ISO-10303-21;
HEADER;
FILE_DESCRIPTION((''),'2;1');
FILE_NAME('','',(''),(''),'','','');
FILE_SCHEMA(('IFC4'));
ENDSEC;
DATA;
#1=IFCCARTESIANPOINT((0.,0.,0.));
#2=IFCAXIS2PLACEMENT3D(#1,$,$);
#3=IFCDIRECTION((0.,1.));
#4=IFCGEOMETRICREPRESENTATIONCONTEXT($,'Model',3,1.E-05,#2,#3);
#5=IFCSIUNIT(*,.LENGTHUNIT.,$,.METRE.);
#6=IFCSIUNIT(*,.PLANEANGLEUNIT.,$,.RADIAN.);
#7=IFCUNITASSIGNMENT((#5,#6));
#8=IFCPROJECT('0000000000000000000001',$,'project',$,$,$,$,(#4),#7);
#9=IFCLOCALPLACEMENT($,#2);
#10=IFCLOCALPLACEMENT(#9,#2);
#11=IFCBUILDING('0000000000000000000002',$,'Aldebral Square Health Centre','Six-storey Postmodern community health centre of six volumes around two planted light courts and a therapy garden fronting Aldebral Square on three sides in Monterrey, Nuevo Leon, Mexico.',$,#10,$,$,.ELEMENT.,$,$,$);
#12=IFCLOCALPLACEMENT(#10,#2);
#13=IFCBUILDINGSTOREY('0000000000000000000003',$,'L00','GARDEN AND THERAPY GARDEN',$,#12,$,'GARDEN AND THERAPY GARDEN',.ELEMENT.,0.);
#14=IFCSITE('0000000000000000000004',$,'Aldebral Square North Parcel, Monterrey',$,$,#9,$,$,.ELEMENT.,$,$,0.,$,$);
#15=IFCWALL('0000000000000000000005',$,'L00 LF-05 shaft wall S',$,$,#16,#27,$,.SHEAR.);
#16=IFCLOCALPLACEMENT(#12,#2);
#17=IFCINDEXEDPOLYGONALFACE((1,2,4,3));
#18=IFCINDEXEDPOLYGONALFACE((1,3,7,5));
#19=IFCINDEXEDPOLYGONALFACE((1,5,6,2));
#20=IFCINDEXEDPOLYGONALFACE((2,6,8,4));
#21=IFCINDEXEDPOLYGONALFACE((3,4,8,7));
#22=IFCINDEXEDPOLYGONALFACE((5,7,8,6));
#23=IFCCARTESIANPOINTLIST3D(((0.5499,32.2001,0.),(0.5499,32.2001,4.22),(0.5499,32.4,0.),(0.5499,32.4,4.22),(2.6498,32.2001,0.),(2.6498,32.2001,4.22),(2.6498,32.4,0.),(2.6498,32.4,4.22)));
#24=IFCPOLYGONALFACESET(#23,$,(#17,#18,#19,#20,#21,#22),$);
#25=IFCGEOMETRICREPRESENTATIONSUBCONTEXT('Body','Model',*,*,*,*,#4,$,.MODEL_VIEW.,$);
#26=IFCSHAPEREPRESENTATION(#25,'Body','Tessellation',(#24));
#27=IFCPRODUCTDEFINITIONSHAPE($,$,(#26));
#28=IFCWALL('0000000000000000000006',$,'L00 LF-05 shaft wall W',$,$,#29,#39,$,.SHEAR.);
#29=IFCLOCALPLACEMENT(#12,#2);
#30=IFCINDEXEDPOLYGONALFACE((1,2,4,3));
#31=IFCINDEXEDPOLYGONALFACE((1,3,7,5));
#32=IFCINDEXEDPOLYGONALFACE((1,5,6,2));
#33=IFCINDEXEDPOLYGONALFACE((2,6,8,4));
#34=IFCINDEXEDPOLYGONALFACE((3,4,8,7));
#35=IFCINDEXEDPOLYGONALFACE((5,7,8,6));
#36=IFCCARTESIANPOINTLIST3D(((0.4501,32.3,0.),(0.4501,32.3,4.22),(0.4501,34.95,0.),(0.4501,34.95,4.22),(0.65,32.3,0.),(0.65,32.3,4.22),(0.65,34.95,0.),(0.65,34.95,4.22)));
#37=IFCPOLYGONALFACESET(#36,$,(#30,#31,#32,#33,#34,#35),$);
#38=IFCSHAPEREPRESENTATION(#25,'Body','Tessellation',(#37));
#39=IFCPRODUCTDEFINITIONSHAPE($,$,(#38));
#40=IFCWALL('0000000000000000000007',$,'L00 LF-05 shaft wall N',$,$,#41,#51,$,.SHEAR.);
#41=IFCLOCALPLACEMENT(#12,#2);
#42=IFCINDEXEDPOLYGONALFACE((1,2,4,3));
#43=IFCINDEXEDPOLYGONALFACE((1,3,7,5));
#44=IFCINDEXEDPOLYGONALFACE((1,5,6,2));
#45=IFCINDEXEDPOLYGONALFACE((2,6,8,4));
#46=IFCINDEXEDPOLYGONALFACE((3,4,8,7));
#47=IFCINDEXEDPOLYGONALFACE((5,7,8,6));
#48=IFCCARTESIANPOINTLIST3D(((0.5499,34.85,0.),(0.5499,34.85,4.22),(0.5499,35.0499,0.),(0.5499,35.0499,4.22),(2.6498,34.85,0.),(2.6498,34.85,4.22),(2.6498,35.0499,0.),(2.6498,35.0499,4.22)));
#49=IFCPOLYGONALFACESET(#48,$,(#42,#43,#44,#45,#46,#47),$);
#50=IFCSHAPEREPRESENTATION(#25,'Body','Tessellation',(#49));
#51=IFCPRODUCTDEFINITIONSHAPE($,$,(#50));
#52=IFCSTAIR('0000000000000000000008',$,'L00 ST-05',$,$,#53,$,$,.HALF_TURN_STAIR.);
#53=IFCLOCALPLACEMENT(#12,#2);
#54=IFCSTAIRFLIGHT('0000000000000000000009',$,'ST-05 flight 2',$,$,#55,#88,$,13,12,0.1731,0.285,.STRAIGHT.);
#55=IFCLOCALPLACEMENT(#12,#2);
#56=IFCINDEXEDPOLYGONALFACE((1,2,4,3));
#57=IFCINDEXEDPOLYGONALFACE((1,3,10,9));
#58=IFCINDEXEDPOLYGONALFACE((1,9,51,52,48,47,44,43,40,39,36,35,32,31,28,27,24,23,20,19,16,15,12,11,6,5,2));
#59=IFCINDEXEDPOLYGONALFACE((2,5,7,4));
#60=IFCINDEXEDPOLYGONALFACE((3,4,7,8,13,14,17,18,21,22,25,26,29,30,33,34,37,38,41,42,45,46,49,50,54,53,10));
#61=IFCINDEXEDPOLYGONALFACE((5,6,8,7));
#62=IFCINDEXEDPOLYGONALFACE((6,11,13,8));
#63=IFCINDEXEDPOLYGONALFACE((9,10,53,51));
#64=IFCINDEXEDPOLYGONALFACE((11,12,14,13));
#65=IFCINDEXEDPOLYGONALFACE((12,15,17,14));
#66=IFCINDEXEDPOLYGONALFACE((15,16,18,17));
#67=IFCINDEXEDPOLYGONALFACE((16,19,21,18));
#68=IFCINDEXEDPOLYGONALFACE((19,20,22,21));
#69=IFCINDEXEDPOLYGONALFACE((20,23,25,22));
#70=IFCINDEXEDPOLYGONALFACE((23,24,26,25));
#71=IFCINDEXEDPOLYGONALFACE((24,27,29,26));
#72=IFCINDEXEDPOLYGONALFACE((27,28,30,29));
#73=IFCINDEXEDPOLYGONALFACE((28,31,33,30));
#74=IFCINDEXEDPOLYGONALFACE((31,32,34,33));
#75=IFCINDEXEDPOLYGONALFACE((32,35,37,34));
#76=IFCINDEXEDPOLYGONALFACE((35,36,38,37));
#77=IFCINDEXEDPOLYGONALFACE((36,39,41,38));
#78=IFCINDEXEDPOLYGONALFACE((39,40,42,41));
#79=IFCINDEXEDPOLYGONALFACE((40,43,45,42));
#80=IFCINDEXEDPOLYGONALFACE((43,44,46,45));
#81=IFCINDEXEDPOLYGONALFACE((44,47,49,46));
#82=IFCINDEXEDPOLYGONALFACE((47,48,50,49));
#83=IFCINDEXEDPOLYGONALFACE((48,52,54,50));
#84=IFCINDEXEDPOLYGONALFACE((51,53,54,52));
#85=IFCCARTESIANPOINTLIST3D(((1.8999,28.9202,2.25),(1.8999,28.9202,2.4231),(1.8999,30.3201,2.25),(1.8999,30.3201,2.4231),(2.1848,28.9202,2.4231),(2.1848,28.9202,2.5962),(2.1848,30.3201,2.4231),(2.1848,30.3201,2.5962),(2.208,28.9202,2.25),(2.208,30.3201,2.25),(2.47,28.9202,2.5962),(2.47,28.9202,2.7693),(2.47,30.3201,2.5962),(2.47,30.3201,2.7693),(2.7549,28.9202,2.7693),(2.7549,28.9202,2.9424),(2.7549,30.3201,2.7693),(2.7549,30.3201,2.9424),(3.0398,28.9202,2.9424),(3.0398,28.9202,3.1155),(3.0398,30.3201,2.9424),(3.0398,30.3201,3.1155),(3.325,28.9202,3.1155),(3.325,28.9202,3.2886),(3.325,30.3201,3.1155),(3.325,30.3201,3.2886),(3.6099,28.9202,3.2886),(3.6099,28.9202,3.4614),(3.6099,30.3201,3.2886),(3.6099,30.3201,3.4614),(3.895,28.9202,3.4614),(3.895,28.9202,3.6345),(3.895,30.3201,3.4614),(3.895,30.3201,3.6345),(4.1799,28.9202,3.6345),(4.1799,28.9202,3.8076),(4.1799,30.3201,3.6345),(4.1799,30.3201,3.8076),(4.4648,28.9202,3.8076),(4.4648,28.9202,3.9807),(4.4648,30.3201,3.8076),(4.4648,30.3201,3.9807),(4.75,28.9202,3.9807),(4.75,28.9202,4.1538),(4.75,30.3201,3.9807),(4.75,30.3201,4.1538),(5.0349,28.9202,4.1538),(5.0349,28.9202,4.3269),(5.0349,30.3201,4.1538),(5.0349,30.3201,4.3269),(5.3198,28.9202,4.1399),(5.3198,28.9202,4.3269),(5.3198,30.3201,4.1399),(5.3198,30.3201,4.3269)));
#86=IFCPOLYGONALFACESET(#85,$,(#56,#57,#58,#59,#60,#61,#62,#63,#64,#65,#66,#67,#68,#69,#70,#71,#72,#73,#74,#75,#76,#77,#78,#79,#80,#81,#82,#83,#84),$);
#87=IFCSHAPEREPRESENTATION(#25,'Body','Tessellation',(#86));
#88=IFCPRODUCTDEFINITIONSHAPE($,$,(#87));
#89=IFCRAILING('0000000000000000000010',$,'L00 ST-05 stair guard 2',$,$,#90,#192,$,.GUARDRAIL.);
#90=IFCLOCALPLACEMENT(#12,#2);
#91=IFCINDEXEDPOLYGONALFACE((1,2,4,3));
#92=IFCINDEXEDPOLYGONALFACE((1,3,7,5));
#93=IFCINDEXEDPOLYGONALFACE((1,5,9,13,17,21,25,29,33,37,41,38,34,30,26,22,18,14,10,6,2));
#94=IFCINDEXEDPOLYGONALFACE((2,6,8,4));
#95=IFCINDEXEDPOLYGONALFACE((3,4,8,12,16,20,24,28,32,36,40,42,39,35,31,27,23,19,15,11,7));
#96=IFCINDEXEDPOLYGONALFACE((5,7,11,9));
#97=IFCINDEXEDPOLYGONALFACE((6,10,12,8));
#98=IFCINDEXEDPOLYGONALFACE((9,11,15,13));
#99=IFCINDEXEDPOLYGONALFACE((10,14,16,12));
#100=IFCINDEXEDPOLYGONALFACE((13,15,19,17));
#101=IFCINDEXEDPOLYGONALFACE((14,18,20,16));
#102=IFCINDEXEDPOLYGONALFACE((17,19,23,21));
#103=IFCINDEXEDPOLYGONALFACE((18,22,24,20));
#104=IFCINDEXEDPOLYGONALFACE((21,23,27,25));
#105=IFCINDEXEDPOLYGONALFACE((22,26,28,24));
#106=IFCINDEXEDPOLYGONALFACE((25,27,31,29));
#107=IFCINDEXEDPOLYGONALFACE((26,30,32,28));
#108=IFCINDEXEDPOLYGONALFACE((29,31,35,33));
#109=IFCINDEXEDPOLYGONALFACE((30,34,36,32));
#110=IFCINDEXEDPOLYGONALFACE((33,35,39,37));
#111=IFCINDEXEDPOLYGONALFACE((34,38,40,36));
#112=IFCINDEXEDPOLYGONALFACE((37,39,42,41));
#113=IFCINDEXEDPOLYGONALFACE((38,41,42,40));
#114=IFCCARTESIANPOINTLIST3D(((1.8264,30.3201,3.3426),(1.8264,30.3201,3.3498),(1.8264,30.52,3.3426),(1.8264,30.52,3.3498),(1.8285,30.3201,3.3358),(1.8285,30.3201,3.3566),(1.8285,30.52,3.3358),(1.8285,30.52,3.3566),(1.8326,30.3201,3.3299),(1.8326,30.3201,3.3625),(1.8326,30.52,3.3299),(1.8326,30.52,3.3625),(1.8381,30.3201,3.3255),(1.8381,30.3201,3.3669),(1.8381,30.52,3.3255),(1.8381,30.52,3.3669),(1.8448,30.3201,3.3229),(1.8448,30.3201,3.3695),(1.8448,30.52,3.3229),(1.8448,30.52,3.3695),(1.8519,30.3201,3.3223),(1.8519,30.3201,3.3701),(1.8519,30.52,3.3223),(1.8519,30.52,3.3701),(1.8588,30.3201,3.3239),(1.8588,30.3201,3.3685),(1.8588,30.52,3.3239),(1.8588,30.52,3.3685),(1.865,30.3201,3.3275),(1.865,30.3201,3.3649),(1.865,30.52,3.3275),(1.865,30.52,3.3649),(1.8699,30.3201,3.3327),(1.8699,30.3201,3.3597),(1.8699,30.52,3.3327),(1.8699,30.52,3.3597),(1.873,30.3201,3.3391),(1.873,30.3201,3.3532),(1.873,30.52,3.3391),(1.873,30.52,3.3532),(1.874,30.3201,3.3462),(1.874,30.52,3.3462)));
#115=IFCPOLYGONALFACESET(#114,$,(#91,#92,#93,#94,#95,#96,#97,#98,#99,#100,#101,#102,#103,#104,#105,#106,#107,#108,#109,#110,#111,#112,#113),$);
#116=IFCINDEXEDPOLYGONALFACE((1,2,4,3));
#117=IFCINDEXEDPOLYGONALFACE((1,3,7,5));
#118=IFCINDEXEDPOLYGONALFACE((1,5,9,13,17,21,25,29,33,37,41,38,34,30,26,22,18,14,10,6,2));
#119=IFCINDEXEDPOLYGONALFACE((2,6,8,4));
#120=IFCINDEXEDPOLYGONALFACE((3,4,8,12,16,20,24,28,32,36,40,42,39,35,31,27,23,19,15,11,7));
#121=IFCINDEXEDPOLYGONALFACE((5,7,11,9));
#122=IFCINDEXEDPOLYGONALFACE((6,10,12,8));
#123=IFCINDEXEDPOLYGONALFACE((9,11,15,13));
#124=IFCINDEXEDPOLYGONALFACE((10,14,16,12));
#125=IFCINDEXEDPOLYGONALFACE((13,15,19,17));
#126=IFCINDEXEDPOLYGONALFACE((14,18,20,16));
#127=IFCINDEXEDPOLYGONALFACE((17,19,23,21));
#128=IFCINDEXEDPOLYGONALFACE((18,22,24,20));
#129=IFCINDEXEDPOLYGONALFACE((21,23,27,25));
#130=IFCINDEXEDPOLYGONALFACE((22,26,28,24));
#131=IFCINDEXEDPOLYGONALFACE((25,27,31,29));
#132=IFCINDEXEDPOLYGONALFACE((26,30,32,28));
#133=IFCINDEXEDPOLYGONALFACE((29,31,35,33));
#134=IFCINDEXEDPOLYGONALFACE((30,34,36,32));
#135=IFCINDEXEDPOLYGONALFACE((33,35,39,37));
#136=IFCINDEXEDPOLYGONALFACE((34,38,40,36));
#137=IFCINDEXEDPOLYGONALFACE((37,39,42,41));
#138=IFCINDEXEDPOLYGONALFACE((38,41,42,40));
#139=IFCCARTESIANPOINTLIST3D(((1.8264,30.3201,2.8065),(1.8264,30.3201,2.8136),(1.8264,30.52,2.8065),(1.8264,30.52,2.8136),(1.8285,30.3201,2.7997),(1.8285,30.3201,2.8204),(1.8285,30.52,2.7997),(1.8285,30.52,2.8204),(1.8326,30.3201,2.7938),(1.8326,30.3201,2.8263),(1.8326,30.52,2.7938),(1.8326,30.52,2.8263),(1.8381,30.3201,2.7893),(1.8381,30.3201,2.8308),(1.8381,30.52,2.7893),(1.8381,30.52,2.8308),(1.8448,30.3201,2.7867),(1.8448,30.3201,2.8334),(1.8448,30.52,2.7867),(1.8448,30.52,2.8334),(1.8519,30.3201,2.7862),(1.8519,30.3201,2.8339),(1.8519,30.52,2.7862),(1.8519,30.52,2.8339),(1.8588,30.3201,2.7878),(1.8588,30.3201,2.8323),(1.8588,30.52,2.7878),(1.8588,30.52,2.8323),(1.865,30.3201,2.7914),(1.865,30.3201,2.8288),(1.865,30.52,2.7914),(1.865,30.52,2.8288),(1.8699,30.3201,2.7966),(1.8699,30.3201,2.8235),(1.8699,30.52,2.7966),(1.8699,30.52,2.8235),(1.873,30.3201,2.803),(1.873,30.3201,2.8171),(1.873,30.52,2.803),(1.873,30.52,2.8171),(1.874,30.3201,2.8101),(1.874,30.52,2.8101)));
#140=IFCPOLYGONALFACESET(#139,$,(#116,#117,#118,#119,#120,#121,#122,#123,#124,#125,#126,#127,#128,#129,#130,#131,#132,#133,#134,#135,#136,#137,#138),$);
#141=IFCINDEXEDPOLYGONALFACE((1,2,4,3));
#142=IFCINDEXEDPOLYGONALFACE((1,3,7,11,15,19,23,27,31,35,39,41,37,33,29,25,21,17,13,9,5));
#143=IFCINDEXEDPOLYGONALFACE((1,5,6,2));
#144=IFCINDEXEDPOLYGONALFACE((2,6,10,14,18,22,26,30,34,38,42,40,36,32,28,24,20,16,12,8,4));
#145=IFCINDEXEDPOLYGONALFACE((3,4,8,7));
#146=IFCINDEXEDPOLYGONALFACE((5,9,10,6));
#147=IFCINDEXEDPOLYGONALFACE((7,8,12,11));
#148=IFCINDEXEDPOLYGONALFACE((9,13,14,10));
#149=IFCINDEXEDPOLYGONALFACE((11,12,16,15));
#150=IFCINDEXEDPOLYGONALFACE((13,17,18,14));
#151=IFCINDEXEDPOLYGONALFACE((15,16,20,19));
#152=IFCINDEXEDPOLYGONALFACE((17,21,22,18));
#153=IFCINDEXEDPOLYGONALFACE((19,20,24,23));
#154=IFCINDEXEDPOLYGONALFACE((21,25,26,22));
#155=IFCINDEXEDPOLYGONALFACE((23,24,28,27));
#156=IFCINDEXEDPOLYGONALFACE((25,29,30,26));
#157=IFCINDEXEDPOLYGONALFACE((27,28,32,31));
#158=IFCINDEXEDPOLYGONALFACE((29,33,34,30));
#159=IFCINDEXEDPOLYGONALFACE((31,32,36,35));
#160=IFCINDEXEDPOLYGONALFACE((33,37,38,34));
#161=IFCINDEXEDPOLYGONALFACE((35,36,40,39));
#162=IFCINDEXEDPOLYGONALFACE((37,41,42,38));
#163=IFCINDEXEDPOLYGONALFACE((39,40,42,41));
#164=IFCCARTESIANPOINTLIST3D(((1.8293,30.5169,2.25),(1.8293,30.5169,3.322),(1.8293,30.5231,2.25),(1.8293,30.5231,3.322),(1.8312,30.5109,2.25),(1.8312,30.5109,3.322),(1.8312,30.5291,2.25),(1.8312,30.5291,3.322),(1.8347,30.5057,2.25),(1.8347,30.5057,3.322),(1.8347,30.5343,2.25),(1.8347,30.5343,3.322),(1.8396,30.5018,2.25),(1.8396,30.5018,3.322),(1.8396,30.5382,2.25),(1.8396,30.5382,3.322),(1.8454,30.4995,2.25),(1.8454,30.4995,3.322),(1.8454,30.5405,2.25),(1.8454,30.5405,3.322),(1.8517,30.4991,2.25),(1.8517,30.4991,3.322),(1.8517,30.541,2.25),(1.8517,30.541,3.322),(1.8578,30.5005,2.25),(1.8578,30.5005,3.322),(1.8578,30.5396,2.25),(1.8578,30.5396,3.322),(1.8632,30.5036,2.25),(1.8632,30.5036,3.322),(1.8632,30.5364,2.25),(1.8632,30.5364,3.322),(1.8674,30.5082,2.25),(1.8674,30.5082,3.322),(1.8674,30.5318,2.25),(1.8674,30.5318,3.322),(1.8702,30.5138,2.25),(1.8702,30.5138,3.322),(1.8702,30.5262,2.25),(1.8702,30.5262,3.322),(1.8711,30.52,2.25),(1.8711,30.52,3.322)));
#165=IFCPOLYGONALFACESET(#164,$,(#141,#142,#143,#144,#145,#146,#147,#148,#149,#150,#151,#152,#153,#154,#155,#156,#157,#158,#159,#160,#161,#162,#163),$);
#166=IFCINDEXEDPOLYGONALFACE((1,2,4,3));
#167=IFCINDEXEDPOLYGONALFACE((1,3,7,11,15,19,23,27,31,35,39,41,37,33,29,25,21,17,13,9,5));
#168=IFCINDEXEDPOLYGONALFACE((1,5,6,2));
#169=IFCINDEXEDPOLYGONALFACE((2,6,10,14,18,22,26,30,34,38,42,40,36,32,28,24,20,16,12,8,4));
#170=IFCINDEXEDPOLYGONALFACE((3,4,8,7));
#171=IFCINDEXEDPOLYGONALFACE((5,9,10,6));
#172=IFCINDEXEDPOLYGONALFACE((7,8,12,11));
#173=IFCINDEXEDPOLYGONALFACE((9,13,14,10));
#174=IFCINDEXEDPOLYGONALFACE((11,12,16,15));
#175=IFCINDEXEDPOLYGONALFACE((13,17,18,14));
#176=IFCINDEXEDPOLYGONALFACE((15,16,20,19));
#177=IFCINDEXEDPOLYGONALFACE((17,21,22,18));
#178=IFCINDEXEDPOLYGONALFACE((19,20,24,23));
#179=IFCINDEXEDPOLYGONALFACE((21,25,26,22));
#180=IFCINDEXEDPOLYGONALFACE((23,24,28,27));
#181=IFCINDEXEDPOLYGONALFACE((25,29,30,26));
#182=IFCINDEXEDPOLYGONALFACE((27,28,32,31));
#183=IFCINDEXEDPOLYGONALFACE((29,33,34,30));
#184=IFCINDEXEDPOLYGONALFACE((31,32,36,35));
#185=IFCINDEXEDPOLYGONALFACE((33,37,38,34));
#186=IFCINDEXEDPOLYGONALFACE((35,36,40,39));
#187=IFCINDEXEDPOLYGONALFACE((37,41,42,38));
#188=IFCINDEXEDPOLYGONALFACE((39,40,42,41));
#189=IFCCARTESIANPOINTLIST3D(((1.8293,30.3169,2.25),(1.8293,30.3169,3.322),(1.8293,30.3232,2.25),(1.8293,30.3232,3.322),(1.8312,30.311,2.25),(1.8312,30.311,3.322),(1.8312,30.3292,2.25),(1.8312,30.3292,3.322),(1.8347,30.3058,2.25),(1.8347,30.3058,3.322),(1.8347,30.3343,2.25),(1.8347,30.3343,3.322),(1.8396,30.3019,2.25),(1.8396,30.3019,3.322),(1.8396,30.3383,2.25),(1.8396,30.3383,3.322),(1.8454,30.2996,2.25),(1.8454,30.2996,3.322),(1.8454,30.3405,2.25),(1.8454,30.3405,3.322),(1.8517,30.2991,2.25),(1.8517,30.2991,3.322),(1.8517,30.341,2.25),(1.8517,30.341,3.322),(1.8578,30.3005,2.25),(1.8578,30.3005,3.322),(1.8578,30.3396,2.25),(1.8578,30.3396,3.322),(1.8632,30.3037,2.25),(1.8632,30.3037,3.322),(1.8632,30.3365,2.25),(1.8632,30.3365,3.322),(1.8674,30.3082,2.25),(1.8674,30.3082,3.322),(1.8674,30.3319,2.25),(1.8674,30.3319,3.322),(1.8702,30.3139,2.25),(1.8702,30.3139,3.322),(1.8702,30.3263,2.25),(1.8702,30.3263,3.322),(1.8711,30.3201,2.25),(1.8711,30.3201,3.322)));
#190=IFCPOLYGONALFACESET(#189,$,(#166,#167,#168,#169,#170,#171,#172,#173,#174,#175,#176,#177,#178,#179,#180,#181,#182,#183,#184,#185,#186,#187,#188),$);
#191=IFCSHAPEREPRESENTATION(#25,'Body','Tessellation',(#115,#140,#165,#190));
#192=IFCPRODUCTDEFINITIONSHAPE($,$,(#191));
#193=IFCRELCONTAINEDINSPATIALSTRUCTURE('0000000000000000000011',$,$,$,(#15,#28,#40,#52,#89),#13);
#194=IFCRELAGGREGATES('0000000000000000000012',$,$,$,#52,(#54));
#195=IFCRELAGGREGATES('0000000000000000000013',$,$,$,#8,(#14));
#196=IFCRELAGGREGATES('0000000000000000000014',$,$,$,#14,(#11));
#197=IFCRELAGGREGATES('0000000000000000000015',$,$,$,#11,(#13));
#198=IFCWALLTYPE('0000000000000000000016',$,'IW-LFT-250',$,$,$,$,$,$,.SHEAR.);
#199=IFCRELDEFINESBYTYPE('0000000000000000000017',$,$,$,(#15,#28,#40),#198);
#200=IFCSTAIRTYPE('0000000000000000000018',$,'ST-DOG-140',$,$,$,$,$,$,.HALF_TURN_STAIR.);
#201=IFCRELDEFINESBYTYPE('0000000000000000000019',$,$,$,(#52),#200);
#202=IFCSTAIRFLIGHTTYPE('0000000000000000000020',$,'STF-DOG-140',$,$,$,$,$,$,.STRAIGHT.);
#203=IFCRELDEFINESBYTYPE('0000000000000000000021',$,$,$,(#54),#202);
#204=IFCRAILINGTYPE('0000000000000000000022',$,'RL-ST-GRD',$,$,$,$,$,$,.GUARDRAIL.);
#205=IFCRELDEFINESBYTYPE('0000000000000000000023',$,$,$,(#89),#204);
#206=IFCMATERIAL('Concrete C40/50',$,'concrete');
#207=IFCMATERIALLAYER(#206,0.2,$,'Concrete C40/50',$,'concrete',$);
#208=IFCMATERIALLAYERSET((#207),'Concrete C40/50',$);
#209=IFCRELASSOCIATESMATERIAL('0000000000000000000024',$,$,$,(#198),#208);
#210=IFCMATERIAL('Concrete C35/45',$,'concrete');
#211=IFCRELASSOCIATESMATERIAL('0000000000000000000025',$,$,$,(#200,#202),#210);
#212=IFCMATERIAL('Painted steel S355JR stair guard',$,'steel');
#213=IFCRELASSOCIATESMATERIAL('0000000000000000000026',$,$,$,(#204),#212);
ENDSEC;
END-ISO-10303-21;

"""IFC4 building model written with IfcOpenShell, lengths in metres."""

from ifc_helpers import new_model, si_unit, direction, frame, frame_2d, origin, origin_2d, place, context, subcontext, project, spatial, polyline, rectangle, circle, outline, extrude, material, layer, layer_set, type_object, element, aggregate, save


model = new_model("IFC4")

# Units and contexts
model_context = context("Model", 3, precision=1e-05, world=origin(), true_north=direction((0.0, 1.0)))
body_context = subcontext(model_context, "Body", "Model", "MODEL_VIEW")
ifc_project = project(units=[si_unit("LENGTHUNIT", "METRE"), si_unit("PLANEANGLEUNIT", "RADIAN")], contexts=[model_context])

# Site, building, storey
site_placement = place(None, origin())
site = spatial("IfcSite", under=ifc_project, at=site_placement, Name="Aldebral Square North Parcel, Monterrey", CompositionType="ELEMENT", RefElevation=0.0)
building_placement = place(site_placement, origin())
building = spatial("IfcBuilding", under=site, at=building_placement, Name="Aldebral Square Health Centre", Description="Six-storey Postmodern community health centre of six volumes around two planted light courts and a therapy garden fronting Aldebral Square on three sides in Monterrey, Nuevo Leon, Mexico.", CompositionType="ELEMENT")
storey_placement = place(building_placement, origin())
storey = spatial("IfcBuildingStorey", under=building, at=storey_placement, Name="L00", Description="GARDEN AND THERAPY GARDEN", LongName="GARDEN AND THERAPY GARDEN", CompositionType="ELEMENT", Elevation=0.0)

# Shared definitions
ifc_material_1 = material(Name="Concrete C35/45", Category="concrete")

# Shared definitions
ifc_material_2 = material(Name="Concrete C40/50", Category="concrete")

# Walls
ifc_layer_1 = layer(ifc_material_2, 0.2, Name="Concrete C40/50", Category="concrete")
ifc_layer_set_1 = layer_set([ifc_layer_1], Name="Concrete C40/50")
wall_type_1 = type_object("IfcWallType", Name="IW-LFT-250", PredefinedType="SHEAR", material=ifc_layer_set_1)
wall_1_placement = place(storey_placement, frame((0.55, 32.3, 0.0), z_axis=(0.0, 0.0, 1.0), x_axis=(1.0, 0.0, 0.0)))
element("IfcWall", 1, at=wall_1_placement, inside=storey, type_object=wall_type_1, Name="L00 LF-05 shaft wall S", PredefinedType="SHEAR", context=body_context, shape_type="SweptSolid", body=[
    extrude(rectangle(XDim=2.0999, YDim=0.2, at=frame_2d((1.0498, 0.0))), origin(), (0.0, 0.0, 1.0), 4.22),
])
wall_2_placement = place(storey_placement, frame((0.55, 32.3, 0.0), z_axis=(0.0, 0.0, 1.0), x_axis=(0.0, 1.0, 0.0)))
element("IfcWall", 2, at=wall_2_placement, inside=storey, type_object=wall_type_1, Name="L00 LF-05 shaft wall W", PredefinedType="SHEAR", context=body_context, shape_type="SweptSolid", body=[
    extrude(rectangle(XDim=2.6499, YDim=0.2, at=frame_2d((1.325, 0.0))), origin(), (0.0, 0.0, 1.0), 4.22),
])
wall_3_placement = place(storey_placement, frame((0.55, 34.95, 0.0), z_axis=(0.0, 0.0, 1.0), x_axis=(1.0, 0.0, 0.0)))
element("IfcWall", 3, at=wall_3_placement, inside=storey, type_object=wall_type_1, Name="L00 LF-05 shaft wall N", PredefinedType="SHEAR", context=body_context, shape_type="SweptSolid", body=[
    extrude(rectangle(XDim=2.0999, YDim=0.2, at=frame_2d((1.0498, 0.0))), origin(), (0.0, 0.0, 1.0), 4.22),
])

# Stair, stair flight
stair_type = type_object("IfcStairType", Name="ST-DOG-140", PredefinedType="HALF_TURN_STAIR", material=ifc_material_1)
stair_placement = place(storey_placement, origin())
stair = element("IfcStair", 4, at=stair_placement, inside=storey, type_object=stair_type, Name="L00 ST-05", PredefinedType="HALF_TURN_STAIR")
stair_flight_type = type_object("IfcStairFlightType", Name="STF-DOG-140", PredefinedType="STRAIGHT", material=ifc_material_1)
stair_flight_placement = place(storey_placement, frame((1.8999, 29.6201, 2.25), z_axis=(0.0, 0.0, 1.0), x_axis=(1.0, 0.0, 0.0)))
stair_flight = element("IfcStairFlight", 5, at=stair_flight_placement, type_object=stair_flight_type, Name="ST-05 flight 2", NumberOfRisers=13, NumberOfTreads=12, PredefinedType="STRAIGHT", RiserHeight=0.1731, TreadLength=0.285, context=body_context, shape_type="SweptSolid", body=[
    extrude(outline(polyline([(0.0, 0.0), (0.0, 0.1731), (0.2849, 0.1731), (0.2849, 0.3462), (0.5701, 0.3462), (0.5701, 0.5193), (0.855, 0.5193), (0.855, 0.6924), (1.1399, 0.6924), (1.1399, 0.8655), (1.425, 0.8655), (1.425, 1.0386), (1.71, 1.0386), (1.71, 1.2114), (1.9951, 1.2114), (1.9951, 1.3845), (2.28, 1.3845), (2.28, 1.5576), (2.5649, 1.5576), (2.5649, 1.7307), (2.8501, 1.7307), (2.8501, 1.9038), (3.135, 1.9038), (3.135, 2.0769), (3.4199, 2.0769), (3.4199, 2.25), (3.4199, 1.8899), (0.3081, 0.0), (0.0, 0.0)])), frame((0.0, 0.7, 0.0), z_axis=(0.0, -1.0, 0.0), x_axis=(1.0, 0.0, 0.0)), (0.0, 0.0, 1.0), 1.3999),
])
aggregate(stair, [stair_flight])

# Railing
ifc_material_3 = material(Name="Painted steel S355JR stair guard", Category="steel")
railing_type_1 = type_object("IfcRailingType", Name="RL-ST-GRD", PredefinedType="GUARDRAIL", material=ifc_material_3)
railing_1_placement = place(storey_placement, frame((1.8501, 30.52, 2.25)))
element("IfcRailing", 6, at=railing_1_placement, inside=storey, type_object=railing_type_1, Name="L00 ST-05 stair guard 2", PredefinedType="GUARDRAIL", context=body_context, shape_type="SweptSolid", body=[
    extrude(circle(Radius=0.0239, at=origin_2d()), frame((0.0, 0.0, 1.0962), z_axis=(0.0, -1.0, 0.0), x_axis=(1.0, 0.0, 0.0)), (0.0, 0.0, 1.0), 0.2),
    extrude(circle(Radius=0.0239, at=origin_2d()), frame((0.0, 0.0, 0.5601), z_axis=(0.0, -1.0, 0.0), x_axis=(1.0, 0.0, 0.0)), (0.0, 0.0, 1.0), 0.2),
    extrude(circle(Radius=0.021, at=origin_2d()), origin(), (0.0, 0.0, 1.0), 1.072),
    extrude(circle(Radius=0.021, at=origin_2d()), frame((0.0, -0.2, 0.0)), (0.0, 0.0, 1.0), 1.072),
])

save(model, "model.ifc")
